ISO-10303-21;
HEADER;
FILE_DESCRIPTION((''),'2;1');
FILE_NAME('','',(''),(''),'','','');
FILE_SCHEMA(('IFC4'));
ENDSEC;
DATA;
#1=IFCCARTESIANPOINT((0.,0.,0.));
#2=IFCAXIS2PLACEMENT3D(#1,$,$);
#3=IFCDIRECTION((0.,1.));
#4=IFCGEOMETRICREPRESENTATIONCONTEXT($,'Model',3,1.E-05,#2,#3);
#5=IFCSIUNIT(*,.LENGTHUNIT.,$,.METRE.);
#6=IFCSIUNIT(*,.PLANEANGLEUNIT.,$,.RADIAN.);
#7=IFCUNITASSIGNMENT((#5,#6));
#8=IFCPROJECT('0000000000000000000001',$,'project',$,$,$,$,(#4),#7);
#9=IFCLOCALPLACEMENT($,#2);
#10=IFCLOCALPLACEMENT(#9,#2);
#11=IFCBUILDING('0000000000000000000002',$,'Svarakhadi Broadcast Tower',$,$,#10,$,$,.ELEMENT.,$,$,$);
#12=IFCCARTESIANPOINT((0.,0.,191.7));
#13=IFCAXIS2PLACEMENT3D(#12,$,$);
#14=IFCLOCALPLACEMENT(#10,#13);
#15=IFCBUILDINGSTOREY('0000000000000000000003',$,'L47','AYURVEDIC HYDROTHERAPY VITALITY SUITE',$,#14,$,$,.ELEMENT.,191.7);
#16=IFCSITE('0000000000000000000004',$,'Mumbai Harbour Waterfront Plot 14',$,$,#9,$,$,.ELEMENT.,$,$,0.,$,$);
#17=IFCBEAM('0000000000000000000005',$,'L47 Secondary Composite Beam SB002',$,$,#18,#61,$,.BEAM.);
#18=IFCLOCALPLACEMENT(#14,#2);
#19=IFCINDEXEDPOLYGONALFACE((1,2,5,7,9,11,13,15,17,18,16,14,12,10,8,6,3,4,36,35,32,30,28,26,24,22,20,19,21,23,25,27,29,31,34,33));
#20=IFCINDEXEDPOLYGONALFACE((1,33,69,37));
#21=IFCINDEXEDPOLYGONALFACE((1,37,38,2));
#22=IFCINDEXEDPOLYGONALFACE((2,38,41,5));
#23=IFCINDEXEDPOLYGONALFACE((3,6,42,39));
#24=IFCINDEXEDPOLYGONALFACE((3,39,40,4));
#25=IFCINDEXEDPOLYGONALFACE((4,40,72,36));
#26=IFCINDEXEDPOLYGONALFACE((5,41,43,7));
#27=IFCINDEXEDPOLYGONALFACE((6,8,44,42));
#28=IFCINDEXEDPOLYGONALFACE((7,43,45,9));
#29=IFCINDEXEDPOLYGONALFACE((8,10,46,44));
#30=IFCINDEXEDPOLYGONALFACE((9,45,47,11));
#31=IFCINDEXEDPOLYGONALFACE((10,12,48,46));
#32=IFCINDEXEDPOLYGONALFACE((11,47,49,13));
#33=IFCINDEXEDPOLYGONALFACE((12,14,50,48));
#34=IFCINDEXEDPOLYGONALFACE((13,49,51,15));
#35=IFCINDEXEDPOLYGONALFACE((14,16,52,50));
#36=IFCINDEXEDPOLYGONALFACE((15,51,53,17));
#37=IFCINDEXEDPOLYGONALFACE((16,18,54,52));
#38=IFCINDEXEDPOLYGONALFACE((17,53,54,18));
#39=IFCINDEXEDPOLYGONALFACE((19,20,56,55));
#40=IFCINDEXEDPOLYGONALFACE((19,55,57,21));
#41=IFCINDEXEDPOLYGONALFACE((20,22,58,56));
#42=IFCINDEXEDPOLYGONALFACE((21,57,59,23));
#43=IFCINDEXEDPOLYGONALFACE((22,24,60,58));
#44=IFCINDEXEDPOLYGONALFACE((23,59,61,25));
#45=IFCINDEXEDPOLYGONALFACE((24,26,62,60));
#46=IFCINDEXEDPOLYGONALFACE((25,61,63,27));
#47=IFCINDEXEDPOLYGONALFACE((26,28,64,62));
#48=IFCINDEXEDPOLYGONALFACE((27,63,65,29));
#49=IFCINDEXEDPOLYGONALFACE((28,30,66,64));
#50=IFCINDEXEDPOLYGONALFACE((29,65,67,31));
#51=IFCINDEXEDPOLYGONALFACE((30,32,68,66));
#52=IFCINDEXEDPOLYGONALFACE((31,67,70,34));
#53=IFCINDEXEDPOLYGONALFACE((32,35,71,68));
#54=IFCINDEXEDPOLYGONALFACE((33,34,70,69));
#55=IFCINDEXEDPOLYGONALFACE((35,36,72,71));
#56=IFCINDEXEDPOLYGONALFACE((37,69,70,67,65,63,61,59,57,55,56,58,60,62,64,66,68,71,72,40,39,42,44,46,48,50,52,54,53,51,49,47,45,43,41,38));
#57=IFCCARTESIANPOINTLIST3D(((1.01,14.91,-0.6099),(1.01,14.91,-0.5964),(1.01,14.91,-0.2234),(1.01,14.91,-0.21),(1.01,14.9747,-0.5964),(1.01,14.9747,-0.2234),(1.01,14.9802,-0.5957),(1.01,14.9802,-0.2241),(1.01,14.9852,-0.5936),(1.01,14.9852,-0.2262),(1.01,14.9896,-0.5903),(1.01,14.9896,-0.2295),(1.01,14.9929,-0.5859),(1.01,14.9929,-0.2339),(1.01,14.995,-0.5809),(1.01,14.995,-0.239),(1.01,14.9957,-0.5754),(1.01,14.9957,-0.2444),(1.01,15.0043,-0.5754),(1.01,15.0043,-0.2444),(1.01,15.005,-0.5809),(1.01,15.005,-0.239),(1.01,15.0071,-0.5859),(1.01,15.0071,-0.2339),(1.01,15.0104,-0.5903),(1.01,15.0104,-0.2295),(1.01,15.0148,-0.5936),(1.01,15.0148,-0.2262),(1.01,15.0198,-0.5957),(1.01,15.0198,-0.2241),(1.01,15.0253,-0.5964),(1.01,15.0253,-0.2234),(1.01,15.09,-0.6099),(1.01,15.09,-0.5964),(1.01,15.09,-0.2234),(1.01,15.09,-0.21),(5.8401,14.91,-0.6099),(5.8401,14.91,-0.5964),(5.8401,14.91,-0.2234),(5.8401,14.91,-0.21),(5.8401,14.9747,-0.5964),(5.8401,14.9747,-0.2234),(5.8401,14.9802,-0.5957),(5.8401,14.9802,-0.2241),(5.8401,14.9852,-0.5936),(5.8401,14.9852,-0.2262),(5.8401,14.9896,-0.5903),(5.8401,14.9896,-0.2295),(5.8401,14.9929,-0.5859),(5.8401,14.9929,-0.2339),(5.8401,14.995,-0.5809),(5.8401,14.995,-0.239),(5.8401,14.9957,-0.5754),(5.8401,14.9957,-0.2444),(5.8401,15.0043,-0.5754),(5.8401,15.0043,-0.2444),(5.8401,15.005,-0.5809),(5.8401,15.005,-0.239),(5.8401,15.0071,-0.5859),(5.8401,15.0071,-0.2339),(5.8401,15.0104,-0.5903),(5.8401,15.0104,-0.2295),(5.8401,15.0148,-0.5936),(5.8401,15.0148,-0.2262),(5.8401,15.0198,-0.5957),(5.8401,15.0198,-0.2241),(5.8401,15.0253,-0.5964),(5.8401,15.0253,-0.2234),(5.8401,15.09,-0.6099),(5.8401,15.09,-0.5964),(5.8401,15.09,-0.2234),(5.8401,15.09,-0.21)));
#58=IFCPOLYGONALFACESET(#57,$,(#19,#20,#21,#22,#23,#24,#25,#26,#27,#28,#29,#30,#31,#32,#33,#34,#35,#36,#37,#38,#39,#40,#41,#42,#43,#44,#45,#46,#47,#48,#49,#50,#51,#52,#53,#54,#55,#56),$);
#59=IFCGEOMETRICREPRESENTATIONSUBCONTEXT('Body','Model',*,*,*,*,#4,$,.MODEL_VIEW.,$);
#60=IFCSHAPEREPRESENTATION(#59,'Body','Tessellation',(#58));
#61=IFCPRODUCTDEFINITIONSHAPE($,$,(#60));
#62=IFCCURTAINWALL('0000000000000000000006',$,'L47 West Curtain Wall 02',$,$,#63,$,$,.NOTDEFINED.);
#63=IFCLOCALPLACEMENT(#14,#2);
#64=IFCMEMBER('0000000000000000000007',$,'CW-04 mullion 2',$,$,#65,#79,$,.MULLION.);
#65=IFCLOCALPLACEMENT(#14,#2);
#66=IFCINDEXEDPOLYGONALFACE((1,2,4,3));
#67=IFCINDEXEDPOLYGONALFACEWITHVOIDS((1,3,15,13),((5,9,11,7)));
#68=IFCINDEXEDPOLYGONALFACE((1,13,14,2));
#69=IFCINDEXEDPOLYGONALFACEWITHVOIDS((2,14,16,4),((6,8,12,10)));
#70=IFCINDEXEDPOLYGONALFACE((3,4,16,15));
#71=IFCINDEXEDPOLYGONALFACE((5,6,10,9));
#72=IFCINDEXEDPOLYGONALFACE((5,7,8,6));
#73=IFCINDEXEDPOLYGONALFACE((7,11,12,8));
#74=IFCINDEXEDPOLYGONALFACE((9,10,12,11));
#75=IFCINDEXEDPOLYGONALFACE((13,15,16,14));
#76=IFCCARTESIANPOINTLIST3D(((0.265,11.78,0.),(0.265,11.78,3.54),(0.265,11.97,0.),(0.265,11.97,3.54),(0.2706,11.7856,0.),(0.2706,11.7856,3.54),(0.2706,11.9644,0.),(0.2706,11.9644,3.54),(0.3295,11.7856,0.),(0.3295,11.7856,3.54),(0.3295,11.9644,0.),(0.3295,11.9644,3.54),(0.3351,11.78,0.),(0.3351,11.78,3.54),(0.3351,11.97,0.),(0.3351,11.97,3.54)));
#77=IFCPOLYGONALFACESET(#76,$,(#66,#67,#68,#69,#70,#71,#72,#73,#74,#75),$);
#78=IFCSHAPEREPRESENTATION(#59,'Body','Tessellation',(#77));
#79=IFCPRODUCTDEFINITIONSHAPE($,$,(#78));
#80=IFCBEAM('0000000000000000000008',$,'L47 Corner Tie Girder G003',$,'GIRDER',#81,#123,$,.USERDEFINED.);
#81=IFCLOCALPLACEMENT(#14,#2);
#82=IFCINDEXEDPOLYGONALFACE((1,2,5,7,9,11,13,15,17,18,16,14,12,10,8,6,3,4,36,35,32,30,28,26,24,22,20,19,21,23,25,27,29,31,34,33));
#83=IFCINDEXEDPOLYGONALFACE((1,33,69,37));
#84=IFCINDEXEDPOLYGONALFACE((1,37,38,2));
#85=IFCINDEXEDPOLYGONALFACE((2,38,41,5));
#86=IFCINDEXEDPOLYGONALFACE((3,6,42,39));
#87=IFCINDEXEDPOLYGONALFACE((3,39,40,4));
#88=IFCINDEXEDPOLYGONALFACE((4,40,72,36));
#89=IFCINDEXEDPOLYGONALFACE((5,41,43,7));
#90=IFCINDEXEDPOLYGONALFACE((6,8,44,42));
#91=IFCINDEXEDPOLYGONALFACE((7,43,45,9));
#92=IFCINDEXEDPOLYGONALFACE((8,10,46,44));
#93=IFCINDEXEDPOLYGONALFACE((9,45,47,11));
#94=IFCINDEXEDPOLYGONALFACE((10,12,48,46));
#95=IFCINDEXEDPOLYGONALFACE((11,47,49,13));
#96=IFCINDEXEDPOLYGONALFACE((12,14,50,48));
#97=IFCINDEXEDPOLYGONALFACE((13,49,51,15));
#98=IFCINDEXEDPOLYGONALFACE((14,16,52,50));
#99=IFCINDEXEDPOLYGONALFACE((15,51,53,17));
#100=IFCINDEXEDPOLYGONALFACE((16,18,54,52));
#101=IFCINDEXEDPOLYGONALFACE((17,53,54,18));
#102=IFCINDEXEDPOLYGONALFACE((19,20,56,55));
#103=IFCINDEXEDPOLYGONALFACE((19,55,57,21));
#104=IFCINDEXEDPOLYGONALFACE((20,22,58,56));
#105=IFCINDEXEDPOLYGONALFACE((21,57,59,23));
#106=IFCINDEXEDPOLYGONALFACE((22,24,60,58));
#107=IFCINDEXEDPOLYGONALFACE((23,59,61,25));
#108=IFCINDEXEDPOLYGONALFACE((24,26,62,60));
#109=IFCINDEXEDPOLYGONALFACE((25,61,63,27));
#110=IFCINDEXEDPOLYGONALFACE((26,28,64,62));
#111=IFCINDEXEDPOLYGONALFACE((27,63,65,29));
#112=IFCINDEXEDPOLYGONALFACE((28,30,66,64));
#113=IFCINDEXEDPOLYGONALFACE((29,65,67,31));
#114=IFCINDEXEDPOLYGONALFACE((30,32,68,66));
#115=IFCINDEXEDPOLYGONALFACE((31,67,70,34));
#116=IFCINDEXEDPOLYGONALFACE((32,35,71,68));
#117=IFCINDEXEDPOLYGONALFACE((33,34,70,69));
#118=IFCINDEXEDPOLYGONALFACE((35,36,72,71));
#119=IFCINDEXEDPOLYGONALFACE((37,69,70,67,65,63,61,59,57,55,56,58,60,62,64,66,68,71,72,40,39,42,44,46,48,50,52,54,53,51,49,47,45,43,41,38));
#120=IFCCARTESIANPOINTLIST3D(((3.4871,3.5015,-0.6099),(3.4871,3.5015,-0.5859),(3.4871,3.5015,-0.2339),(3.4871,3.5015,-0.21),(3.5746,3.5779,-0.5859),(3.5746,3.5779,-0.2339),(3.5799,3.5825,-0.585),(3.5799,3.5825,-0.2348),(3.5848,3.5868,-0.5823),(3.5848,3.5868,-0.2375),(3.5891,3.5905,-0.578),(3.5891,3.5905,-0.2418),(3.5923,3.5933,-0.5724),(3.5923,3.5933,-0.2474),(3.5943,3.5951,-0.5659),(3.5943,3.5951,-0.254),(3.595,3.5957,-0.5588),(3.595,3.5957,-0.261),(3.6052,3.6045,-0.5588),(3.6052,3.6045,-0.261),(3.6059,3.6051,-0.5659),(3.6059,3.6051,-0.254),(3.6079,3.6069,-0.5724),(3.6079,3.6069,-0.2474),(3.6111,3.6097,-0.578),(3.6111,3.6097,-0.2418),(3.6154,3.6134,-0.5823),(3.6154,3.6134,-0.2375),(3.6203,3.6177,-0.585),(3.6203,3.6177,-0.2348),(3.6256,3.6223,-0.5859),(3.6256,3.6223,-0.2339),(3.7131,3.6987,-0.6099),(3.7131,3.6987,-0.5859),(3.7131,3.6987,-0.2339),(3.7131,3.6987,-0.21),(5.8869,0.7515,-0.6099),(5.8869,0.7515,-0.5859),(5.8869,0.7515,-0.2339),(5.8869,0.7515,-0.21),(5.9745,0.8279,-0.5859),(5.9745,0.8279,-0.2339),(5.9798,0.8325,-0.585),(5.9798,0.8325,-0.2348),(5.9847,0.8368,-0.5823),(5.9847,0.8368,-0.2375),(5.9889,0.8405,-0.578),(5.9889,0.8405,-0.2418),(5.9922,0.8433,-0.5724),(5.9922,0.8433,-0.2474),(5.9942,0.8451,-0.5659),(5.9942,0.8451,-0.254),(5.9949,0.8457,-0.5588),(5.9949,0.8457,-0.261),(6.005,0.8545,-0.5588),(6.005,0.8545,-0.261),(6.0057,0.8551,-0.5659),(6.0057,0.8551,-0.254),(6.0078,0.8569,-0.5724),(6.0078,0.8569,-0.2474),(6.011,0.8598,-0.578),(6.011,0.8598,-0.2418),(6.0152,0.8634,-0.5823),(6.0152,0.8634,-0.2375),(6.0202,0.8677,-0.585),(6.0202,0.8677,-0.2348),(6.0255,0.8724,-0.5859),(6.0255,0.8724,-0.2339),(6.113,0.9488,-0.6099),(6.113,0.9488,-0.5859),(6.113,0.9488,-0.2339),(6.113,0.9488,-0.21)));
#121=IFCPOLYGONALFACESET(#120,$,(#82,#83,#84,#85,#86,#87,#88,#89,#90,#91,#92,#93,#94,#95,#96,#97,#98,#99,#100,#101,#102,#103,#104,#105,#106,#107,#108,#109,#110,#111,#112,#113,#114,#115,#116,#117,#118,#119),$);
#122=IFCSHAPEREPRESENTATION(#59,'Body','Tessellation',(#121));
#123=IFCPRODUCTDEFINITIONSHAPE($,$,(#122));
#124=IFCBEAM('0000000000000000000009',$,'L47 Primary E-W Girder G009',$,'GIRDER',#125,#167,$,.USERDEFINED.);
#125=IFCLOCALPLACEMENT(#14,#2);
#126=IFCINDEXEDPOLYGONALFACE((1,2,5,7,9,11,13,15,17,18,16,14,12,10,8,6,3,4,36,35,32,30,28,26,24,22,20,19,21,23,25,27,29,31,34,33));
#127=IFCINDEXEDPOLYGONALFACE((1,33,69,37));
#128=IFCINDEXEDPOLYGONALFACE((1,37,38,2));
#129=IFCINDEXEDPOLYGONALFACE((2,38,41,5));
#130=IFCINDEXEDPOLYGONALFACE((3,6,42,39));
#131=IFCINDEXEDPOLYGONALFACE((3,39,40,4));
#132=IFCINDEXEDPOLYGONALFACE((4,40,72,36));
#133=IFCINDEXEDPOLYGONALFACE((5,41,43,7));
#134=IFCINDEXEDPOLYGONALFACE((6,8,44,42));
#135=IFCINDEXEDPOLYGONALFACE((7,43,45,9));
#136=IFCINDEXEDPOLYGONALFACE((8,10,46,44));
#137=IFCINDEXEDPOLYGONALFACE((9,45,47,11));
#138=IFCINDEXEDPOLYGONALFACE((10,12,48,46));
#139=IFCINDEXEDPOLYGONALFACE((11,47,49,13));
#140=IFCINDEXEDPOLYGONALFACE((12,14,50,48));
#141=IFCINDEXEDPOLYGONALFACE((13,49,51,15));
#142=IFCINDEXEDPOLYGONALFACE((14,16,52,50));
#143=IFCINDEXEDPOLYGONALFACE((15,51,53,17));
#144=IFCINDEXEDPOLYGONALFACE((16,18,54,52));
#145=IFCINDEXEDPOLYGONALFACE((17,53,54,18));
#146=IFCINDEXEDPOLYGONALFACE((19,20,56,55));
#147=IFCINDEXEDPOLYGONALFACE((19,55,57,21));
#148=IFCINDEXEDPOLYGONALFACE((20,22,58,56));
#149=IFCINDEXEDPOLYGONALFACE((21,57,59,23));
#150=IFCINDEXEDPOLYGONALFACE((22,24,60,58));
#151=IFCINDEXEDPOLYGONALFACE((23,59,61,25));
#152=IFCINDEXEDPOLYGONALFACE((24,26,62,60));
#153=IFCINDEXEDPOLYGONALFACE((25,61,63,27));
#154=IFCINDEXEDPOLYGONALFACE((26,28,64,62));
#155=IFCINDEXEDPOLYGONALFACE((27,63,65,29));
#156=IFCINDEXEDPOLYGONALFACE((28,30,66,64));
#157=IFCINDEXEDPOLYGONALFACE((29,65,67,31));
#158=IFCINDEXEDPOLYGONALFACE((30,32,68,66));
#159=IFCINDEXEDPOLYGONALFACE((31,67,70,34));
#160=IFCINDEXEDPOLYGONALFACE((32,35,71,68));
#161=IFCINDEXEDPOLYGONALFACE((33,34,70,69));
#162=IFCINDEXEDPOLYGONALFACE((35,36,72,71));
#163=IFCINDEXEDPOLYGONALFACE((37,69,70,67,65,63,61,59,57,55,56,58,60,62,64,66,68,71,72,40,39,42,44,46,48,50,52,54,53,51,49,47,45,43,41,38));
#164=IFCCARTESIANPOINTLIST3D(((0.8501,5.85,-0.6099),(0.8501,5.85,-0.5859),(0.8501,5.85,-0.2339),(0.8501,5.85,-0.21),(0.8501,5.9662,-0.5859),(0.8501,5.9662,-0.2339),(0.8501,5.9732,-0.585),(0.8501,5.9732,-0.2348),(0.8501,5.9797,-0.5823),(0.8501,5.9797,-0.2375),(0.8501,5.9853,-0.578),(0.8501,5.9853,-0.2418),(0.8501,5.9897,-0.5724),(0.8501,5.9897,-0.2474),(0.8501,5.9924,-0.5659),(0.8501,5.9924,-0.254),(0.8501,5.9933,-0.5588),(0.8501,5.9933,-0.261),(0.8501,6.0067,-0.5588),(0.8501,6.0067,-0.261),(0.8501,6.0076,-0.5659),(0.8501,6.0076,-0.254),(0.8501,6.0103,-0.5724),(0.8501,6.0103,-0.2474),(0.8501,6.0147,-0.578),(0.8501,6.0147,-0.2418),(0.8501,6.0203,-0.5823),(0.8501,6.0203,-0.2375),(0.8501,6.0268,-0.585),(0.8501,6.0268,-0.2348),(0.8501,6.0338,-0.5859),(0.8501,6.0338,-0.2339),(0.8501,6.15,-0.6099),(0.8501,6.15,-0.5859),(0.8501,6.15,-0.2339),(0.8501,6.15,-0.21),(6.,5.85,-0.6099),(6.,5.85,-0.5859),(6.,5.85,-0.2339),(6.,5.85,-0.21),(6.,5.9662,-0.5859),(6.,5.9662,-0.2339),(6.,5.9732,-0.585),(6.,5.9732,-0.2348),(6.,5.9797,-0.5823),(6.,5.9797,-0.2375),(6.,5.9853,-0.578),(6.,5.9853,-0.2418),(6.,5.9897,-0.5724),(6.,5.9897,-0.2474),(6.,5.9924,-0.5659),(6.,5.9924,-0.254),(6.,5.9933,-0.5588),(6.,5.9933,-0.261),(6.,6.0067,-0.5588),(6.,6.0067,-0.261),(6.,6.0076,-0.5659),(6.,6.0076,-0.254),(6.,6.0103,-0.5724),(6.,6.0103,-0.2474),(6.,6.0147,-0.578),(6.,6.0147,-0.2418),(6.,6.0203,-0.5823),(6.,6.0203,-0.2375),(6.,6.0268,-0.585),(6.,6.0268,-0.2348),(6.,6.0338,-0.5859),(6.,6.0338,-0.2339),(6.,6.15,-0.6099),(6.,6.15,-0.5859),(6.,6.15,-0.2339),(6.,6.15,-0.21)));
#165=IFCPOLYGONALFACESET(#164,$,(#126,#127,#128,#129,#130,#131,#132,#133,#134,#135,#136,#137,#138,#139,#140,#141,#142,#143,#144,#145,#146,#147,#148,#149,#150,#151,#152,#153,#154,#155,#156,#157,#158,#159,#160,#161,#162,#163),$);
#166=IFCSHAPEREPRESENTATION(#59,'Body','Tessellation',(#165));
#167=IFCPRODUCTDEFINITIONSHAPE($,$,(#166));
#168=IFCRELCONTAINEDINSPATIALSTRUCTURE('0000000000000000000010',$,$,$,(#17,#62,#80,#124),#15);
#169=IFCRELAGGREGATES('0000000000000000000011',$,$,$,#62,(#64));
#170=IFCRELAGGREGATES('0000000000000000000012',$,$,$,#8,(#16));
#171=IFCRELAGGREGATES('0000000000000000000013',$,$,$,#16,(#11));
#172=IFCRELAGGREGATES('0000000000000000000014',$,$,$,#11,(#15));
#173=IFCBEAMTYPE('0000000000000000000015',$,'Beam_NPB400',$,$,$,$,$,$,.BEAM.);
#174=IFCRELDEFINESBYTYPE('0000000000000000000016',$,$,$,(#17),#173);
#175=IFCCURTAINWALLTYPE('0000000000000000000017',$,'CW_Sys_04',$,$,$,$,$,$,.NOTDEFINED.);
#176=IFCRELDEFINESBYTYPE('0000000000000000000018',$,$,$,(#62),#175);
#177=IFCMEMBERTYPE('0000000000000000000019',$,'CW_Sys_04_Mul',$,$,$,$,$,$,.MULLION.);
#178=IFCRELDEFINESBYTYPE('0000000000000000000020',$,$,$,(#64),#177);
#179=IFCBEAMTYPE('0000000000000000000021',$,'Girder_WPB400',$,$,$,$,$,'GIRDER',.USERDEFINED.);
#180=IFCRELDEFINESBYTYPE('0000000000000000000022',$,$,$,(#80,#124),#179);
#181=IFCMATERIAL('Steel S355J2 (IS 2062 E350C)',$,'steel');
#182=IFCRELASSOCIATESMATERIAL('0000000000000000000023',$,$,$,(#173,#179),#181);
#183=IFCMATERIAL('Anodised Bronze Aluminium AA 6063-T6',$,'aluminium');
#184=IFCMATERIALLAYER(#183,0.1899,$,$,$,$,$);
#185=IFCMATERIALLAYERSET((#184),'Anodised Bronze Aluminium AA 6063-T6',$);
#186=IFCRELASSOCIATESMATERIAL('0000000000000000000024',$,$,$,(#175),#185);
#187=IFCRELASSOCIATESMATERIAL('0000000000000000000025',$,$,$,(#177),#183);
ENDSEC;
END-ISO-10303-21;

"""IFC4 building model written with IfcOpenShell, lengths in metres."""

from ifc_helpers import new_model, si_unit, direction, frame, origin, origin_2d, place, context, subcontext, project, spatial, hollow_rectangle, i_section, extrude, material, layer, layer_set, material_profile, profile_set, type_object, element, aggregate, save


model = new_model("IFC4")

# Units and contexts
model_context = context("Model", 3, precision=1e-05, world=origin(), true_north=direction((0.0, 1.0)))
body_context = subcontext(model_context, "Body", "Model", "MODEL_VIEW")
ifc_project = project(units=[si_unit("LENGTHUNIT", "METRE"), si_unit("PLANEANGLEUNIT", "RADIAN")], contexts=[model_context])

# Site, building, storey
site_placement = place(None, origin())
site = spatial("IfcSite", under=ifc_project, at=site_placement, Name="Mumbai Harbour Waterfront Plot 14", CompositionType="ELEMENT", RefElevation=0.0)
building_placement = place(site_placement, origin())
building = spatial("IfcBuilding", under=site, at=building_placement, Name="Svarakhadi Broadcast Tower", CompositionType="ELEMENT")
storey_placement = place(building_placement, frame((0.0, 0.0, 191.7)))
storey = spatial("IfcBuildingStorey", under=building, at=storey_placement, Name="L47", Description="AYURVEDIC HYDROTHERAPY VITALITY SUITE", CompositionType="ELEMENT", Elevation=191.7)

# Beam
ifc_material_1 = material(Name="Steel S355J2 (IS 2062 E350C)", Category="steel")
ifc_material_profile_1 = material_profile(ifc_material_1, i_section(OverallWidth=0.1799, OverallDepth=0.3999, WebThickness=0.0085, FlangeThickness=0.0134, FilletRadius=0.021, at=origin_2d()), Name="NPB 400x180x66")
ifc_profile_set_1 = profile_set([ifc_material_profile_1], Name="Steel S355J2 (IS 2062 E350C)")
beam_type_1 = type_object("IfcBeamType", Name="Beam_NPB400", PredefinedType="BEAM", material=ifc_profile_set_1)
for number, where, z_axis, x_axis, name in (
    (1, (1.01, 15.0, -0.4099), (1.0, 0.0, 0.0), (0.0, 1.0, 0.0), "L47 Secondary Composite Beam SB002"),
):
    element("IfcBeam", number, at=place(storey_placement, frame(where, z_axis=z_axis, x_axis=x_axis)), inside=storey, type_object=beam_type_1, Name=name, PredefinedType="BEAM", context=body_context, shape_type="SweptSolid", body=[
        extrude(i_section(OverallWidth=0.1799, OverallDepth=0.3999, WebThickness=0.0085, FlangeThickness=0.0134, FilletRadius=0.021, at=origin_2d()), origin(), (0.0, 0.0, 1.0), 4.8301),
    ])

# Curtain wall, member
ifc_material_2 = material(Name="Anodised Bronze Aluminium AA 6063-T6", Category="aluminium")
ifc_layer_1 = layer(ifc_material_2, 0.1899)
ifc_layer_set_1 = layer_set([ifc_layer_1], Name="Anodised Bronze Aluminium AA 6063-T6")
curtain_wall_type = type_object("IfcCurtainWallType", Name="CW_Sys_04", PredefinedType="NOTDEFINED", material=ifc_layer_set_1)
curtain_wall_placement = place(storey_placement, origin())
curtain_wall = element("IfcCurtainWall", 2, at=curtain_wall_placement, inside=storey, type_object=curtain_wall_type, Name="L47 West Curtain Wall 02", PredefinedType="NOTDEFINED")
ifc_material_profile_2 = material_profile(ifc_material_2, hollow_rectangle(XDim=0.0701, YDim=0.1899, WallThickness=0.0056, at=origin_2d()), Name="ALU MULLION 190x70x6")
ifc_profile_set_2 = profile_set([ifc_material_profile_2], Name="Anodised Bronze Aluminium AA 6063-T6")
member_type = type_object("IfcMemberType", Name="CW_Sys_04_Mul", PredefinedType="MULLION", material=ifc_profile_set_2)
member_placement = place(storey_placement, frame((0.3, 11.875, 0.0), z_axis=(0.0, 0.0, 1.0), x_axis=(-1.0, 0.0, 0.0)))
member = element("IfcMember", 3, at=member_placement, type_object=member_type, Name="CW-04 mullion 2", PredefinedType="MULLION", context=body_context, shape_type="SweptSolid", body=[
    extrude(hollow_rectangle(XDim=0.0701, YDim=0.1899, WallThickness=0.0056, at=origin_2d()), origin(), (0.0, 0.0, 1.0), 3.54),
])

# Beams
ifc_material_profile_3 = material_profile(ifc_material_1, i_section(OverallWidth=0.3, OverallDepth=0.3999, WebThickness=0.0134, FlangeThickness=0.0239, FilletRadius=0.0271, at=origin_2d()), Name="WPB 400x300x155")
ifc_profile_set_3 = profile_set([ifc_material_profile_3], Name="Steel S355J2 (IS 2062 E350C)")
beam_type_2 = type_object("IfcBeamType", Name="Girder_WPB400", ElementType="GIRDER", PredefinedType="USERDEFINED", material=ifc_profile_set_3)
beam_1_placement = place(storey_placement, frame((3.6001, 3.6001, -0.4099), z_axis=(0.657519, -0.753438, 0.0), x_axis=(0.753438, 0.657519, 0.0)))
element("IfcBeam", 4, at=beam_1_placement, inside=storey, type_object=beam_type_2, Name="L47 Corner Tie Girder G003", ObjectType="GIRDER", PredefinedType="USERDEFINED", context=body_context, shape_type="SweptSolid", body=[
    extrude(i_section(OverallWidth=0.3, OverallDepth=0.3999, WebThickness=0.0134, FlangeThickness=0.0239, FilletRadius=0.0271, at=origin_2d()), origin(), (0.0, 0.0, 1.0), 3.6499),
])
for number, where, z_axis, x_axis, name in (
    (5, (0.8501, 6.0, -0.4099), (1.0, 0.0, 0.0), (0.0, 1.0, 0.0), "L47 Primary E-W Girder G009"),
):
    element("IfcBeam", number, at=place(storey_placement, frame(where, z_axis=z_axis, x_axis=x_axis)), inside=storey, type_object=beam_type_2, Name=name, ObjectType="GIRDER", PredefinedType="USERDEFINED", context=body_context, shape_type="SweptSolid", body=[
        extrude(i_section(OverallWidth=0.3, OverallDepth=0.3999, WebThickness=0.0134, FlangeThickness=0.0239, FilletRadius=0.0271, at=origin_2d()), origin(), (0.0, 0.0, 1.0), 5.1499),
    ])

aggregate(curtain_wall, [member])

save(model, "model.ifc")
